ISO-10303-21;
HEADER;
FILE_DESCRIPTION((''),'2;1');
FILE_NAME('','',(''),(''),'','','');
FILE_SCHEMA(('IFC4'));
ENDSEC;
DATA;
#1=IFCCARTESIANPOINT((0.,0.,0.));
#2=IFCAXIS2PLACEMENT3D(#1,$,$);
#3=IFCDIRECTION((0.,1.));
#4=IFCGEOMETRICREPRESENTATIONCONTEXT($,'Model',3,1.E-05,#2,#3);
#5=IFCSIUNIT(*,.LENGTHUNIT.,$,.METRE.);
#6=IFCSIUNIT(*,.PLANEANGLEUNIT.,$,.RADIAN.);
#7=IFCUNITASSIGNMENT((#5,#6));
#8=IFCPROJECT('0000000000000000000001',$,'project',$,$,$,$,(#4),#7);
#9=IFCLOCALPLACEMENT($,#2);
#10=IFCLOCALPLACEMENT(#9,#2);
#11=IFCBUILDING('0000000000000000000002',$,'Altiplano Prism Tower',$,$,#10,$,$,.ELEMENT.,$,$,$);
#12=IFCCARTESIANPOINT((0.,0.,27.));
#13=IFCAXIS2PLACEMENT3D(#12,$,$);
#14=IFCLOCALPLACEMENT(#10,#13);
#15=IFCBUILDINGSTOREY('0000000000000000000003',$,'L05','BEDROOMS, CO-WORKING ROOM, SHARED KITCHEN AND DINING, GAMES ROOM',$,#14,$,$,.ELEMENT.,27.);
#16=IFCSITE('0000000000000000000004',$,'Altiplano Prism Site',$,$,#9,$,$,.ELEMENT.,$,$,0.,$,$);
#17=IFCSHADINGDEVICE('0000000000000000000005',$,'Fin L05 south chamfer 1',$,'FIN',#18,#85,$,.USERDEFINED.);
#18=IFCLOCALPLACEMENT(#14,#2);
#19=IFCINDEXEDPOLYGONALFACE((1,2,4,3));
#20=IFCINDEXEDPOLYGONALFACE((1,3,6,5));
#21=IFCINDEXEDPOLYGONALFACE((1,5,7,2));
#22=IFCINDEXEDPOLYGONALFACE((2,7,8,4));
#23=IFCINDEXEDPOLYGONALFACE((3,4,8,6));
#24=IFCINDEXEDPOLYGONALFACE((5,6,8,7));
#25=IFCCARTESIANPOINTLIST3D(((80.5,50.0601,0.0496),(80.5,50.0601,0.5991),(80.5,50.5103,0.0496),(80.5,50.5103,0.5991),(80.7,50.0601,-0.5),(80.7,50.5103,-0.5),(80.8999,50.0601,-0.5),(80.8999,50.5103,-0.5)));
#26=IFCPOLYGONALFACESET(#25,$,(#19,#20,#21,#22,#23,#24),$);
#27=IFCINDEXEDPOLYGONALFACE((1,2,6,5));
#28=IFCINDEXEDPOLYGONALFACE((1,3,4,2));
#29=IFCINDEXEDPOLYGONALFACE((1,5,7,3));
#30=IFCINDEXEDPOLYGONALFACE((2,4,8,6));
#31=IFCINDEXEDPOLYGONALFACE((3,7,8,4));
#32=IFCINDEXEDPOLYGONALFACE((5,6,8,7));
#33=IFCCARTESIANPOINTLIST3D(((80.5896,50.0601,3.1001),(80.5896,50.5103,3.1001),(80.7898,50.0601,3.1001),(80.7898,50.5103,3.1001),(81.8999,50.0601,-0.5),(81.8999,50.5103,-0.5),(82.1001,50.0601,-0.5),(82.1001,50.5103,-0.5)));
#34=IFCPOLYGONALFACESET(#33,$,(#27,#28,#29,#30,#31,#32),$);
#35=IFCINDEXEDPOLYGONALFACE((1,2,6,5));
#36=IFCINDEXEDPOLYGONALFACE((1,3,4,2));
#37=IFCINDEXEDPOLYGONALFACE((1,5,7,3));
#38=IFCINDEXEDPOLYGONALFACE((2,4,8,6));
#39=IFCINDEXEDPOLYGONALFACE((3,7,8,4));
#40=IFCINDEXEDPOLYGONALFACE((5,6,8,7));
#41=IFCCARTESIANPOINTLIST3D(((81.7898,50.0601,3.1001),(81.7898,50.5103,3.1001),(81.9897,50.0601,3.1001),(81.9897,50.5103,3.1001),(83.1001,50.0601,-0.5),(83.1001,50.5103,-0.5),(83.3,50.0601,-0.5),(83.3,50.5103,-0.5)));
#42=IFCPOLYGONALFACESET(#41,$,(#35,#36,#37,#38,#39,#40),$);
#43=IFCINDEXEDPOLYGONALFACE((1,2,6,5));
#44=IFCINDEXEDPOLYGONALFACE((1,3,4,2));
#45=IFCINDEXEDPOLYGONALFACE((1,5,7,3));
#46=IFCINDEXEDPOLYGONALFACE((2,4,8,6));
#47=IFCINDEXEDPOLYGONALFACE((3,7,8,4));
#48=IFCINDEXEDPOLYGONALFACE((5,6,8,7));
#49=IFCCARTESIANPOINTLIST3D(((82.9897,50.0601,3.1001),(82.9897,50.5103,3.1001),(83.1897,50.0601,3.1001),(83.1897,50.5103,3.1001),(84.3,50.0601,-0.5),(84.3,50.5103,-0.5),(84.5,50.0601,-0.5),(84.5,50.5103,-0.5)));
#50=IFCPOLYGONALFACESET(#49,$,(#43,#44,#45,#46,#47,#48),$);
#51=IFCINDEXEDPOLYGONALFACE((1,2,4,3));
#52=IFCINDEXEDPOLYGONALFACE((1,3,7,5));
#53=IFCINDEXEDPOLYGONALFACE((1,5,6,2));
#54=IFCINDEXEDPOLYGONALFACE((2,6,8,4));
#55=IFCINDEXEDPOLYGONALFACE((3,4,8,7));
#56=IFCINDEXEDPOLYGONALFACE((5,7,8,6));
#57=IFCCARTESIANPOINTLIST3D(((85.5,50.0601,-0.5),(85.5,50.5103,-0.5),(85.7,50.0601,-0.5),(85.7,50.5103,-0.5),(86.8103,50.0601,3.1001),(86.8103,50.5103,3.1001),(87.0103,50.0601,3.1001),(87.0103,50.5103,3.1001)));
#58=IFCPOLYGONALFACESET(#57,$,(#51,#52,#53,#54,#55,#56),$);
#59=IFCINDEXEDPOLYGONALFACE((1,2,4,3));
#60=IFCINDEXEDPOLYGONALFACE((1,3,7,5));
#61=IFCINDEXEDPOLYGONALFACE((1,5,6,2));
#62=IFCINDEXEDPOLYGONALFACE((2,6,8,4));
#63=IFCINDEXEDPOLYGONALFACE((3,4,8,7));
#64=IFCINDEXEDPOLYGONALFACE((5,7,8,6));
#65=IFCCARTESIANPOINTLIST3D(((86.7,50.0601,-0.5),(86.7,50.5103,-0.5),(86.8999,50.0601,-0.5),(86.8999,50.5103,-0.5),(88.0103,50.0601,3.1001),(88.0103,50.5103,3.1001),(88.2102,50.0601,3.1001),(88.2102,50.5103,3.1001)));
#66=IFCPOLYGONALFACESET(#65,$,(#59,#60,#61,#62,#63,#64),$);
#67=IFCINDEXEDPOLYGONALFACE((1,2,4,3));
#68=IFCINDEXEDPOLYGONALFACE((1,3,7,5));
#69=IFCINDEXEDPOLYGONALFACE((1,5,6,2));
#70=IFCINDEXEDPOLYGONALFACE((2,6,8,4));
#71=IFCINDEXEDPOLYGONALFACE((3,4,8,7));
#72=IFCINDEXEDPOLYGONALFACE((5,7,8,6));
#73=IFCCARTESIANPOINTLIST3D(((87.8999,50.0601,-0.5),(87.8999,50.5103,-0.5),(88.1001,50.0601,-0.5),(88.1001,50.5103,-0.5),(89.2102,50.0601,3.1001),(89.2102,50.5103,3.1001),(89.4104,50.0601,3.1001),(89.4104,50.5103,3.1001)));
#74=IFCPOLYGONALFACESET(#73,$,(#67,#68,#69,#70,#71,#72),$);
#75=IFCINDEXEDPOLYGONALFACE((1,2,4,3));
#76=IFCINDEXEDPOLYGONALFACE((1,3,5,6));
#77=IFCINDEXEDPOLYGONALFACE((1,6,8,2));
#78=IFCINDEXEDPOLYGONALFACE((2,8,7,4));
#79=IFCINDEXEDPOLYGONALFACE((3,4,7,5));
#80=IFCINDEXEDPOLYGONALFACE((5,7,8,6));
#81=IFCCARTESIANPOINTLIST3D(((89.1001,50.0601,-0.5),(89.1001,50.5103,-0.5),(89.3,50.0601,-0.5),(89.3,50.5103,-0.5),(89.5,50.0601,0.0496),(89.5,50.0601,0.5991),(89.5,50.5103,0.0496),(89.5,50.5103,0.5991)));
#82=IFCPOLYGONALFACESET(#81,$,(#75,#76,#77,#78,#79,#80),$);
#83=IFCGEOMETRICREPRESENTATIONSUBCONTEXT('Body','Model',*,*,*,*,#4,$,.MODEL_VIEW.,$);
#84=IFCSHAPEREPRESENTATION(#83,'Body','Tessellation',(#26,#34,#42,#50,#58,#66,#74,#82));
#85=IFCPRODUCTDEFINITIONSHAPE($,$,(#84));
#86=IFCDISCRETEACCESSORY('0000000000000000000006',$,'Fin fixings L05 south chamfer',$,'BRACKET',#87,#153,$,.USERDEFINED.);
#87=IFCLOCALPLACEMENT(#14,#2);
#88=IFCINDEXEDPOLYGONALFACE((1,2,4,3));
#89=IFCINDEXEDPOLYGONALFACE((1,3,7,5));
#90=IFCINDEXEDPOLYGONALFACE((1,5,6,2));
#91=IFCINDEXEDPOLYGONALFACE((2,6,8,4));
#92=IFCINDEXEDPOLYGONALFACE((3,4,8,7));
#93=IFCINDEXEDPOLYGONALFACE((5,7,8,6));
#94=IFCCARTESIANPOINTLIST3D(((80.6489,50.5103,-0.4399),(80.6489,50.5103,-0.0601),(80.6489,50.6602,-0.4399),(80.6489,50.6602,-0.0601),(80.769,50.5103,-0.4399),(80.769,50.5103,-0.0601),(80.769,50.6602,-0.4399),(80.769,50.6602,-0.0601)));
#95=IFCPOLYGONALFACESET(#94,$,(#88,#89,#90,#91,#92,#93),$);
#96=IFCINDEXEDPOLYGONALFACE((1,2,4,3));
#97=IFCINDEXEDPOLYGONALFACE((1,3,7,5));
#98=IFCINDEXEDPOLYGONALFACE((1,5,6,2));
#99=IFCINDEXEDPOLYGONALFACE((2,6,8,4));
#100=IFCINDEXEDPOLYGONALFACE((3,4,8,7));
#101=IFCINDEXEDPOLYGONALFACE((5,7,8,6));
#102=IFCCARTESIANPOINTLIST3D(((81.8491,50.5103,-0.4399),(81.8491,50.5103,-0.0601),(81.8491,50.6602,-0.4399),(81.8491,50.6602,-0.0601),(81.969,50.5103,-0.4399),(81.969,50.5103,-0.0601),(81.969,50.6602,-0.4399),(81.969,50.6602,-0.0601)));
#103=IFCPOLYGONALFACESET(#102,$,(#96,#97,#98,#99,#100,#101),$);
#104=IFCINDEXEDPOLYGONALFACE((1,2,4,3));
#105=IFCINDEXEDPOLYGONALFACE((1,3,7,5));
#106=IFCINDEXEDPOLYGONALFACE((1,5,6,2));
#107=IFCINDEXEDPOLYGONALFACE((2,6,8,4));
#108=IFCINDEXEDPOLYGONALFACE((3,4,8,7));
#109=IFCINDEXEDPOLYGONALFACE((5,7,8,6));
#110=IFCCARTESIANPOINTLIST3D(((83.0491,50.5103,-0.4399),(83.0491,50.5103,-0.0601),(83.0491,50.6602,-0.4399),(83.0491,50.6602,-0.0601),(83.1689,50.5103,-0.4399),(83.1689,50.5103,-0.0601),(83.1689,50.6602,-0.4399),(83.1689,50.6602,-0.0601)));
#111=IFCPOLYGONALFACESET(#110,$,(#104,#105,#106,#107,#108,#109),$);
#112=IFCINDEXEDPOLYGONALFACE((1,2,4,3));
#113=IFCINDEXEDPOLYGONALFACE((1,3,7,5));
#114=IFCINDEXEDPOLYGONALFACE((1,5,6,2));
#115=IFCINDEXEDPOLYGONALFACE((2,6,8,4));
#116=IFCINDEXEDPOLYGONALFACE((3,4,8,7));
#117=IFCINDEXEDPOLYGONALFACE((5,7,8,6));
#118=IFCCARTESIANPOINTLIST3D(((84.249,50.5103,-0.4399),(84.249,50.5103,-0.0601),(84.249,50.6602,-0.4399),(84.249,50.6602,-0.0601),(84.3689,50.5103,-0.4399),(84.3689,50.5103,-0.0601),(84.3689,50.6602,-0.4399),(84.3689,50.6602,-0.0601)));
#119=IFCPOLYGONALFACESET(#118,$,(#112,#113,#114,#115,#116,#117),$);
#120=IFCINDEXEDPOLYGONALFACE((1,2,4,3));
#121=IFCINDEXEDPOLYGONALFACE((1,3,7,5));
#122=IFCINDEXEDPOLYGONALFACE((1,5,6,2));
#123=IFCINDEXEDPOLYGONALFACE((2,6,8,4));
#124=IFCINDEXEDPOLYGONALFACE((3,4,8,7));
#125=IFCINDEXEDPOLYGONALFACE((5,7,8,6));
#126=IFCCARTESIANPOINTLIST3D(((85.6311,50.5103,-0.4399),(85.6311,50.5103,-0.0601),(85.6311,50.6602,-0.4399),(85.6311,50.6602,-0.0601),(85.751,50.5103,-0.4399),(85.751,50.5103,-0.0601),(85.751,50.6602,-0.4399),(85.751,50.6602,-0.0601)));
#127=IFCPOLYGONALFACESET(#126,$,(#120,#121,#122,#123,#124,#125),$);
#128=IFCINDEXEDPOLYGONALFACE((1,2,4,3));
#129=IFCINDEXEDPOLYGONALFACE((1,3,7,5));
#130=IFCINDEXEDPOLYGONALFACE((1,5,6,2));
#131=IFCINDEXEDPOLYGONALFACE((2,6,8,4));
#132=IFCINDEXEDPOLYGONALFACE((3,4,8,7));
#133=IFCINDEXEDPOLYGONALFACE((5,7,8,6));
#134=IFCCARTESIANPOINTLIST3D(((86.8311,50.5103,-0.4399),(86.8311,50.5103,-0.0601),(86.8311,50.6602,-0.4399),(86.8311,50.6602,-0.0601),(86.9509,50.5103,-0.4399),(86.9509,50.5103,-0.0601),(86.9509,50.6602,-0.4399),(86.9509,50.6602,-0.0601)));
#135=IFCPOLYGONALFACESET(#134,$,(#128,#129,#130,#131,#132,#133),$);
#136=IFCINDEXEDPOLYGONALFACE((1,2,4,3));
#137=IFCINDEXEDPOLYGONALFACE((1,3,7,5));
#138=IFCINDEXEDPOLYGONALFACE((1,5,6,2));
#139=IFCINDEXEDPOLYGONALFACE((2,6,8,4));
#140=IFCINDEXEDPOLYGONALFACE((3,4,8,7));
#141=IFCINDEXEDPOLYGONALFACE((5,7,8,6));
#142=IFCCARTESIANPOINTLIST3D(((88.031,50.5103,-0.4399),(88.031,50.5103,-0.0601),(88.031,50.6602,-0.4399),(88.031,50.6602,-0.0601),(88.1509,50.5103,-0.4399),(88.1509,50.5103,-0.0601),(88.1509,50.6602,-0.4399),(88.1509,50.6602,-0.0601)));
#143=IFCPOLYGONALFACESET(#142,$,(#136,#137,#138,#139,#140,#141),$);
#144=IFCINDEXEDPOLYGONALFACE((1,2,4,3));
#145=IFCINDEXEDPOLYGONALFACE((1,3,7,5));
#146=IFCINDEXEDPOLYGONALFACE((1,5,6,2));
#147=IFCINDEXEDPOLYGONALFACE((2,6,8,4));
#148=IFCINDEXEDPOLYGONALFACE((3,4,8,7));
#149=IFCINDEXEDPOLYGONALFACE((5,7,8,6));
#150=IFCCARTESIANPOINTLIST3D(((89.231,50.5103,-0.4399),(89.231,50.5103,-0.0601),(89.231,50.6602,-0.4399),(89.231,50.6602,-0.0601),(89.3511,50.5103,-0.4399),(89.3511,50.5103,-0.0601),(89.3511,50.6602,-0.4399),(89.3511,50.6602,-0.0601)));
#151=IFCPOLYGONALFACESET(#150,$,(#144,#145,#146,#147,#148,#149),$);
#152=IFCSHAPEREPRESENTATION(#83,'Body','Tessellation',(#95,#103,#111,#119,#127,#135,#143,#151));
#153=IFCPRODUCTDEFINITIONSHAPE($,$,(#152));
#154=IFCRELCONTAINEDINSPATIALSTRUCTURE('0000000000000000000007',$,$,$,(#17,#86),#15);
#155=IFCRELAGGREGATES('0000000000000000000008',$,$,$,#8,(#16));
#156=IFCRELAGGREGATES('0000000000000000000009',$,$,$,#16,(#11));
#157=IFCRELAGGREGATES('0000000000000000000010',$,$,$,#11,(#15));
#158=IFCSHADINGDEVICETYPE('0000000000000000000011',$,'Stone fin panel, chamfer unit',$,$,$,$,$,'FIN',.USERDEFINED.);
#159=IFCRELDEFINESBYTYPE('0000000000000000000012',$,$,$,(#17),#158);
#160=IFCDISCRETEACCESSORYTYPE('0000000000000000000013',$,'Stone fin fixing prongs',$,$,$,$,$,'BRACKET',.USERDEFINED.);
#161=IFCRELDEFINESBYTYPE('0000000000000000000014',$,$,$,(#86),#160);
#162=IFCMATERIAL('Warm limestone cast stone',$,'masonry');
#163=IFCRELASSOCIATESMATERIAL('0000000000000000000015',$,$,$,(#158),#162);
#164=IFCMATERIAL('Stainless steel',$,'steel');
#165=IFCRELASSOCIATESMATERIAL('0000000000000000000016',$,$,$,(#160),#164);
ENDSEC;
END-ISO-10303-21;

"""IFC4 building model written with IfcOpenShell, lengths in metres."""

from ifc_helpers import new_model, si_unit, direction, frame, origin, place, context, subcontext, project, spatial, polyline, outline, extrude, source, transform, mapped, material, type_object, element, save


model = new_model("IFC4")

# Units and contexts
model_context = context("Model", 3, precision=1e-05, world=origin(), true_north=direction((0.0, 1.0)))
body_context = subcontext(model_context, "Body", "Model", "MODEL_VIEW")
ifc_project = project(units=[si_unit("LENGTHUNIT", "METRE"), si_unit("PLANEANGLEUNIT", "RADIAN")], contexts=[model_context])

# Site, building, storey
site_placement = place(None, origin())
site = spatial("IfcSite", under=ifc_project, at=site_placement, Name="Altiplano Prism Site", CompositionType="ELEMENT", RefElevation=0.0)
building_placement = place(site_placement, origin())
building = spatial("IfcBuilding", under=site, at=building_placement, Name="Altiplano Prism Tower", CompositionType="ELEMENT")
storey_placement = place(building_placement, frame((0.0, 0.0, 27.0)))
storey = spatial("IfcBuildingStorey", under=building, at=storey_placement, Name="L05", Description="BEDROOMS, CO-WORKING ROOM, SHARED KITCHEN AND DINING, GAMES ROOM", CompositionType="ELEMENT", Elevation=27.0)

# Shading device
ifc_material_1 = material(Name="Warm limestone cast stone", Category="masonry")
shading_device_type_1 = type_object("IfcShadingDeviceType", Name="Stone fin panel, chamfer unit", ElementType="FIN", PredefinedType="USERDEFINED", material=ifc_material_1)
shared_shape_1 = source(origin(), body_context, "Body", "SweptSolid", [
    extrude(outline(polyline([(-4.5, 1.0991), (-4.5, 0.5496), (-4.3, 0.0), (-4.1001, 0.0), (-4.5, 1.0991)])), frame((0.0, -0.1499, 0.0), z_axis=(0.0, -1.0, 0.0), x_axis=(1.0, 0.0, 0.0)), (0.0, 0.0, 1.0), 0.4502),
    extrude(outline(polyline([(-4.4104, 3.6001), (-3.1001, 0.0), (-2.8999, 0.0), (-4.2102, 3.6001), (-4.4104, 3.6001)])), frame((0.0, -0.1499, 0.0), z_axis=(0.0, -1.0, 0.0), x_axis=(1.0, 0.0, 0.0)), (0.0, 0.0, 1.0), 0.4502),
    extrude(outline(polyline([(-3.2102, 3.6001), (-1.8999, 0.0), (-1.7, 0.0), (-3.0103, 3.6001), (-3.2102, 3.6001)])), frame((0.0, -0.1499, 0.0), z_axis=(0.0, -1.0, 0.0), x_axis=(1.0, 0.0, 0.0)), (0.0, 0.0, 1.0), 0.4502),
    extrude(outline(polyline([(-2.0103, 3.6001), (-0.7, 0.0), (-0.5, 0.0), (-1.8103, 3.6001), (-2.0103, 3.6001)])), frame((0.0, -0.1499, 0.0), z_axis=(0.0, -1.0, 0.0), x_axis=(1.0, 0.0, 0.0)), (0.0, 0.0, 1.0), 0.4502),
    extrude(outline(polyline([(1.8103, 3.6001), (0.5, 0.0), (0.7, 0.0), (2.0103, 3.6001), (1.8103, 3.6001)])), frame((0.0, -0.1499, 0.0), z_axis=(0.0, -1.0, 0.0), x_axis=(1.0, 0.0, 0.0)), (0.0, 0.0, 1.0), 0.4502),
    extrude(outline(polyline([(3.0103, 3.6001), (1.7, 0.0), (1.8999, 0.0), (3.2102, 3.6001), (3.0103, 3.6001)])), frame((0.0, -0.1499, 0.0), z_axis=(0.0, -1.0, 0.0), x_axis=(1.0, 0.0, 0.0)), (0.0, 0.0, 1.0), 0.4502),
    extrude(outline(polyline([(4.2102, 3.6001), (2.8999, 0.0), (3.1001, 0.0), (4.4104, 3.6001), (4.2102, 3.6001)])), frame((0.0, -0.1499, 0.0), z_axis=(0.0, -1.0, 0.0), x_axis=(1.0, 0.0, 0.0)), (0.0, 0.0, 1.0), 0.4502),
    extrude(outline(polyline([(4.5, 0.5496), (4.5, 1.0991), (4.1001, 0.0), (4.3, 0.0), (4.5, 0.5496)])), frame((0.0, -0.1499, 0.0), z_axis=(0.0, -1.0, 0.0), x_axis=(1.0, 0.0, 0.0)), (0.0, 0.0, 1.0), 0.4502),
])
shading_device_1_placement = place(storey_placement, origin())
element("IfcShadingDevice", 1, at=shading_device_1_placement, inside=storey, type_object=shading_device_type_1, Name="Fin L05 south chamfer 1", ObjectType="FIN", PredefinedType="USERDEFINED", context=body_context, shape_type="MappedRepresentation", body=[
    mapped(shared_shape_1, transform((85.0, 50.6602, -0.5), x_axis=(1.0, 0.0, 0.0), y_axis=(0.0, 1.0, 0.0), z_axis=(0.0, 0.0, 1.0))),
])

# Discrete accessory
ifc_material_2 = material(Name="Stainless steel", Category="steel")
discrete_accessory_type = type_object("IfcDiscreteAccessoryType", Name="Stone fin fixing prongs", ElementType="BRACKET", PredefinedType="USERDEFINED", material=ifc_material_2)
shared_shape_2 = source(origin(), body_context, "Body", "SweptSolid", [
    extrude(outline(polyline([(-4.3511, 0.0601), (-4.231, 0.0601), (-4.231, 0.4399), (-4.3511, 0.4399), (-4.3511, 0.0601)])), frame((0.0, 0.0, 0.0), z_axis=(0.0, -1.0, 0.0), x_axis=(1.0, 0.0, 0.0)), (0.0, 0.0, 1.0), 0.1499),
    extrude(outline(polyline([(-3.1509, 0.0601), (-3.031, 0.0601), (-3.031, 0.4399), (-3.1509, 0.4399), (-3.1509, 0.0601)])), frame((0.0, 0.0, 0.0), z_axis=(0.0, -1.0, 0.0), x_axis=(1.0, 0.0, 0.0)), (0.0, 0.0, 1.0), 0.1499),
    extrude(outline(polyline([(-1.9509, 0.0601), (-1.8311, 0.0601), (-1.8311, 0.4399), (-1.9509, 0.4399), (-1.9509, 0.0601)])), frame((0.0, 0.0, 0.0), z_axis=(0.0, -1.0, 0.0), x_axis=(1.0, 0.0, 0.0)), (0.0, 0.0, 1.0), 0.1499),
    extrude(outline(polyline([(-0.751, 0.0601), (-0.6311, 0.0601), (-0.6311, 0.4399), (-0.751, 0.4399), (-0.751, 0.0601)])), frame((0.0, 0.0, 0.0), z_axis=(0.0, -1.0, 0.0), x_axis=(1.0, 0.0, 0.0)), (0.0, 0.0, 1.0), 0.1499),
    extrude(outline(polyline([(0.6311, 0.0601), (0.751, 0.0601), (0.751, 0.4399), (0.6311, 0.4399), (0.6311, 0.0601)])), frame((0.0, 0.0, 0.0), z_axis=(0.0, -1.0, 0.0), x_axis=(1.0, 0.0, 0.0)), (0.0, 0.0, 1.0), 0.1499),
    extrude(outline(polyline([(1.8311, 0.0601), (1.9509, 0.0601), (1.9509, 0.4399), (1.8311, 0.4399), (1.8311, 0.0601)])), frame((0.0, 0.0, 0.0), z_axis=(0.0, -1.0, 0.0), x_axis=(1.0, 0.0, 0.0)), (0.0, 0.0, 1.0), 0.1499),
    extrude(outline(polyline([(3.031, 0.0601), (3.1509, 0.0601), (3.1509, 0.4399), (3.031, 0.4399), (3.031, 0.0601)])), frame((0.0, 0.0, 0.0), z_axis=(0.0, -1.0, 0.0), x_axis=(1.0, 0.0, 0.0)), (0.0, 0.0, 1.0), 0.1499),
    extrude(outline(polyline([(4.231, 0.0601), (4.3511, 0.0601), (4.3511, 0.4399), (4.231, 0.4399), (4.231, 0.0601)])), frame((0.0, 0.0, 0.0), z_axis=(0.0, -1.0, 0.0), x_axis=(1.0, 0.0, 0.0)), (0.0, 0.0, 1.0), 0.1499),
])
discrete_accessory_1_placement = place(storey_placement, origin())
element("IfcDiscreteAccessory", 2, at=discrete_accessory_1_placement, inside=storey, type_object=discrete_accessory_type, Name="Fin fixings L05 south chamfer", ObjectType="BRACKET", PredefinedType="USERDEFINED", context=body_context, shape_type="MappedRepresentation", body=[
    mapped(shared_shape_2, transform((85.0, 50.6602, -0.5), x_axis=(1.0, 0.0, 0.0), y_axis=(0.0, 1.0, 0.0), z_axis=(0.0, 0.0, 1.0))),
])

save(model, "model.ifc")
